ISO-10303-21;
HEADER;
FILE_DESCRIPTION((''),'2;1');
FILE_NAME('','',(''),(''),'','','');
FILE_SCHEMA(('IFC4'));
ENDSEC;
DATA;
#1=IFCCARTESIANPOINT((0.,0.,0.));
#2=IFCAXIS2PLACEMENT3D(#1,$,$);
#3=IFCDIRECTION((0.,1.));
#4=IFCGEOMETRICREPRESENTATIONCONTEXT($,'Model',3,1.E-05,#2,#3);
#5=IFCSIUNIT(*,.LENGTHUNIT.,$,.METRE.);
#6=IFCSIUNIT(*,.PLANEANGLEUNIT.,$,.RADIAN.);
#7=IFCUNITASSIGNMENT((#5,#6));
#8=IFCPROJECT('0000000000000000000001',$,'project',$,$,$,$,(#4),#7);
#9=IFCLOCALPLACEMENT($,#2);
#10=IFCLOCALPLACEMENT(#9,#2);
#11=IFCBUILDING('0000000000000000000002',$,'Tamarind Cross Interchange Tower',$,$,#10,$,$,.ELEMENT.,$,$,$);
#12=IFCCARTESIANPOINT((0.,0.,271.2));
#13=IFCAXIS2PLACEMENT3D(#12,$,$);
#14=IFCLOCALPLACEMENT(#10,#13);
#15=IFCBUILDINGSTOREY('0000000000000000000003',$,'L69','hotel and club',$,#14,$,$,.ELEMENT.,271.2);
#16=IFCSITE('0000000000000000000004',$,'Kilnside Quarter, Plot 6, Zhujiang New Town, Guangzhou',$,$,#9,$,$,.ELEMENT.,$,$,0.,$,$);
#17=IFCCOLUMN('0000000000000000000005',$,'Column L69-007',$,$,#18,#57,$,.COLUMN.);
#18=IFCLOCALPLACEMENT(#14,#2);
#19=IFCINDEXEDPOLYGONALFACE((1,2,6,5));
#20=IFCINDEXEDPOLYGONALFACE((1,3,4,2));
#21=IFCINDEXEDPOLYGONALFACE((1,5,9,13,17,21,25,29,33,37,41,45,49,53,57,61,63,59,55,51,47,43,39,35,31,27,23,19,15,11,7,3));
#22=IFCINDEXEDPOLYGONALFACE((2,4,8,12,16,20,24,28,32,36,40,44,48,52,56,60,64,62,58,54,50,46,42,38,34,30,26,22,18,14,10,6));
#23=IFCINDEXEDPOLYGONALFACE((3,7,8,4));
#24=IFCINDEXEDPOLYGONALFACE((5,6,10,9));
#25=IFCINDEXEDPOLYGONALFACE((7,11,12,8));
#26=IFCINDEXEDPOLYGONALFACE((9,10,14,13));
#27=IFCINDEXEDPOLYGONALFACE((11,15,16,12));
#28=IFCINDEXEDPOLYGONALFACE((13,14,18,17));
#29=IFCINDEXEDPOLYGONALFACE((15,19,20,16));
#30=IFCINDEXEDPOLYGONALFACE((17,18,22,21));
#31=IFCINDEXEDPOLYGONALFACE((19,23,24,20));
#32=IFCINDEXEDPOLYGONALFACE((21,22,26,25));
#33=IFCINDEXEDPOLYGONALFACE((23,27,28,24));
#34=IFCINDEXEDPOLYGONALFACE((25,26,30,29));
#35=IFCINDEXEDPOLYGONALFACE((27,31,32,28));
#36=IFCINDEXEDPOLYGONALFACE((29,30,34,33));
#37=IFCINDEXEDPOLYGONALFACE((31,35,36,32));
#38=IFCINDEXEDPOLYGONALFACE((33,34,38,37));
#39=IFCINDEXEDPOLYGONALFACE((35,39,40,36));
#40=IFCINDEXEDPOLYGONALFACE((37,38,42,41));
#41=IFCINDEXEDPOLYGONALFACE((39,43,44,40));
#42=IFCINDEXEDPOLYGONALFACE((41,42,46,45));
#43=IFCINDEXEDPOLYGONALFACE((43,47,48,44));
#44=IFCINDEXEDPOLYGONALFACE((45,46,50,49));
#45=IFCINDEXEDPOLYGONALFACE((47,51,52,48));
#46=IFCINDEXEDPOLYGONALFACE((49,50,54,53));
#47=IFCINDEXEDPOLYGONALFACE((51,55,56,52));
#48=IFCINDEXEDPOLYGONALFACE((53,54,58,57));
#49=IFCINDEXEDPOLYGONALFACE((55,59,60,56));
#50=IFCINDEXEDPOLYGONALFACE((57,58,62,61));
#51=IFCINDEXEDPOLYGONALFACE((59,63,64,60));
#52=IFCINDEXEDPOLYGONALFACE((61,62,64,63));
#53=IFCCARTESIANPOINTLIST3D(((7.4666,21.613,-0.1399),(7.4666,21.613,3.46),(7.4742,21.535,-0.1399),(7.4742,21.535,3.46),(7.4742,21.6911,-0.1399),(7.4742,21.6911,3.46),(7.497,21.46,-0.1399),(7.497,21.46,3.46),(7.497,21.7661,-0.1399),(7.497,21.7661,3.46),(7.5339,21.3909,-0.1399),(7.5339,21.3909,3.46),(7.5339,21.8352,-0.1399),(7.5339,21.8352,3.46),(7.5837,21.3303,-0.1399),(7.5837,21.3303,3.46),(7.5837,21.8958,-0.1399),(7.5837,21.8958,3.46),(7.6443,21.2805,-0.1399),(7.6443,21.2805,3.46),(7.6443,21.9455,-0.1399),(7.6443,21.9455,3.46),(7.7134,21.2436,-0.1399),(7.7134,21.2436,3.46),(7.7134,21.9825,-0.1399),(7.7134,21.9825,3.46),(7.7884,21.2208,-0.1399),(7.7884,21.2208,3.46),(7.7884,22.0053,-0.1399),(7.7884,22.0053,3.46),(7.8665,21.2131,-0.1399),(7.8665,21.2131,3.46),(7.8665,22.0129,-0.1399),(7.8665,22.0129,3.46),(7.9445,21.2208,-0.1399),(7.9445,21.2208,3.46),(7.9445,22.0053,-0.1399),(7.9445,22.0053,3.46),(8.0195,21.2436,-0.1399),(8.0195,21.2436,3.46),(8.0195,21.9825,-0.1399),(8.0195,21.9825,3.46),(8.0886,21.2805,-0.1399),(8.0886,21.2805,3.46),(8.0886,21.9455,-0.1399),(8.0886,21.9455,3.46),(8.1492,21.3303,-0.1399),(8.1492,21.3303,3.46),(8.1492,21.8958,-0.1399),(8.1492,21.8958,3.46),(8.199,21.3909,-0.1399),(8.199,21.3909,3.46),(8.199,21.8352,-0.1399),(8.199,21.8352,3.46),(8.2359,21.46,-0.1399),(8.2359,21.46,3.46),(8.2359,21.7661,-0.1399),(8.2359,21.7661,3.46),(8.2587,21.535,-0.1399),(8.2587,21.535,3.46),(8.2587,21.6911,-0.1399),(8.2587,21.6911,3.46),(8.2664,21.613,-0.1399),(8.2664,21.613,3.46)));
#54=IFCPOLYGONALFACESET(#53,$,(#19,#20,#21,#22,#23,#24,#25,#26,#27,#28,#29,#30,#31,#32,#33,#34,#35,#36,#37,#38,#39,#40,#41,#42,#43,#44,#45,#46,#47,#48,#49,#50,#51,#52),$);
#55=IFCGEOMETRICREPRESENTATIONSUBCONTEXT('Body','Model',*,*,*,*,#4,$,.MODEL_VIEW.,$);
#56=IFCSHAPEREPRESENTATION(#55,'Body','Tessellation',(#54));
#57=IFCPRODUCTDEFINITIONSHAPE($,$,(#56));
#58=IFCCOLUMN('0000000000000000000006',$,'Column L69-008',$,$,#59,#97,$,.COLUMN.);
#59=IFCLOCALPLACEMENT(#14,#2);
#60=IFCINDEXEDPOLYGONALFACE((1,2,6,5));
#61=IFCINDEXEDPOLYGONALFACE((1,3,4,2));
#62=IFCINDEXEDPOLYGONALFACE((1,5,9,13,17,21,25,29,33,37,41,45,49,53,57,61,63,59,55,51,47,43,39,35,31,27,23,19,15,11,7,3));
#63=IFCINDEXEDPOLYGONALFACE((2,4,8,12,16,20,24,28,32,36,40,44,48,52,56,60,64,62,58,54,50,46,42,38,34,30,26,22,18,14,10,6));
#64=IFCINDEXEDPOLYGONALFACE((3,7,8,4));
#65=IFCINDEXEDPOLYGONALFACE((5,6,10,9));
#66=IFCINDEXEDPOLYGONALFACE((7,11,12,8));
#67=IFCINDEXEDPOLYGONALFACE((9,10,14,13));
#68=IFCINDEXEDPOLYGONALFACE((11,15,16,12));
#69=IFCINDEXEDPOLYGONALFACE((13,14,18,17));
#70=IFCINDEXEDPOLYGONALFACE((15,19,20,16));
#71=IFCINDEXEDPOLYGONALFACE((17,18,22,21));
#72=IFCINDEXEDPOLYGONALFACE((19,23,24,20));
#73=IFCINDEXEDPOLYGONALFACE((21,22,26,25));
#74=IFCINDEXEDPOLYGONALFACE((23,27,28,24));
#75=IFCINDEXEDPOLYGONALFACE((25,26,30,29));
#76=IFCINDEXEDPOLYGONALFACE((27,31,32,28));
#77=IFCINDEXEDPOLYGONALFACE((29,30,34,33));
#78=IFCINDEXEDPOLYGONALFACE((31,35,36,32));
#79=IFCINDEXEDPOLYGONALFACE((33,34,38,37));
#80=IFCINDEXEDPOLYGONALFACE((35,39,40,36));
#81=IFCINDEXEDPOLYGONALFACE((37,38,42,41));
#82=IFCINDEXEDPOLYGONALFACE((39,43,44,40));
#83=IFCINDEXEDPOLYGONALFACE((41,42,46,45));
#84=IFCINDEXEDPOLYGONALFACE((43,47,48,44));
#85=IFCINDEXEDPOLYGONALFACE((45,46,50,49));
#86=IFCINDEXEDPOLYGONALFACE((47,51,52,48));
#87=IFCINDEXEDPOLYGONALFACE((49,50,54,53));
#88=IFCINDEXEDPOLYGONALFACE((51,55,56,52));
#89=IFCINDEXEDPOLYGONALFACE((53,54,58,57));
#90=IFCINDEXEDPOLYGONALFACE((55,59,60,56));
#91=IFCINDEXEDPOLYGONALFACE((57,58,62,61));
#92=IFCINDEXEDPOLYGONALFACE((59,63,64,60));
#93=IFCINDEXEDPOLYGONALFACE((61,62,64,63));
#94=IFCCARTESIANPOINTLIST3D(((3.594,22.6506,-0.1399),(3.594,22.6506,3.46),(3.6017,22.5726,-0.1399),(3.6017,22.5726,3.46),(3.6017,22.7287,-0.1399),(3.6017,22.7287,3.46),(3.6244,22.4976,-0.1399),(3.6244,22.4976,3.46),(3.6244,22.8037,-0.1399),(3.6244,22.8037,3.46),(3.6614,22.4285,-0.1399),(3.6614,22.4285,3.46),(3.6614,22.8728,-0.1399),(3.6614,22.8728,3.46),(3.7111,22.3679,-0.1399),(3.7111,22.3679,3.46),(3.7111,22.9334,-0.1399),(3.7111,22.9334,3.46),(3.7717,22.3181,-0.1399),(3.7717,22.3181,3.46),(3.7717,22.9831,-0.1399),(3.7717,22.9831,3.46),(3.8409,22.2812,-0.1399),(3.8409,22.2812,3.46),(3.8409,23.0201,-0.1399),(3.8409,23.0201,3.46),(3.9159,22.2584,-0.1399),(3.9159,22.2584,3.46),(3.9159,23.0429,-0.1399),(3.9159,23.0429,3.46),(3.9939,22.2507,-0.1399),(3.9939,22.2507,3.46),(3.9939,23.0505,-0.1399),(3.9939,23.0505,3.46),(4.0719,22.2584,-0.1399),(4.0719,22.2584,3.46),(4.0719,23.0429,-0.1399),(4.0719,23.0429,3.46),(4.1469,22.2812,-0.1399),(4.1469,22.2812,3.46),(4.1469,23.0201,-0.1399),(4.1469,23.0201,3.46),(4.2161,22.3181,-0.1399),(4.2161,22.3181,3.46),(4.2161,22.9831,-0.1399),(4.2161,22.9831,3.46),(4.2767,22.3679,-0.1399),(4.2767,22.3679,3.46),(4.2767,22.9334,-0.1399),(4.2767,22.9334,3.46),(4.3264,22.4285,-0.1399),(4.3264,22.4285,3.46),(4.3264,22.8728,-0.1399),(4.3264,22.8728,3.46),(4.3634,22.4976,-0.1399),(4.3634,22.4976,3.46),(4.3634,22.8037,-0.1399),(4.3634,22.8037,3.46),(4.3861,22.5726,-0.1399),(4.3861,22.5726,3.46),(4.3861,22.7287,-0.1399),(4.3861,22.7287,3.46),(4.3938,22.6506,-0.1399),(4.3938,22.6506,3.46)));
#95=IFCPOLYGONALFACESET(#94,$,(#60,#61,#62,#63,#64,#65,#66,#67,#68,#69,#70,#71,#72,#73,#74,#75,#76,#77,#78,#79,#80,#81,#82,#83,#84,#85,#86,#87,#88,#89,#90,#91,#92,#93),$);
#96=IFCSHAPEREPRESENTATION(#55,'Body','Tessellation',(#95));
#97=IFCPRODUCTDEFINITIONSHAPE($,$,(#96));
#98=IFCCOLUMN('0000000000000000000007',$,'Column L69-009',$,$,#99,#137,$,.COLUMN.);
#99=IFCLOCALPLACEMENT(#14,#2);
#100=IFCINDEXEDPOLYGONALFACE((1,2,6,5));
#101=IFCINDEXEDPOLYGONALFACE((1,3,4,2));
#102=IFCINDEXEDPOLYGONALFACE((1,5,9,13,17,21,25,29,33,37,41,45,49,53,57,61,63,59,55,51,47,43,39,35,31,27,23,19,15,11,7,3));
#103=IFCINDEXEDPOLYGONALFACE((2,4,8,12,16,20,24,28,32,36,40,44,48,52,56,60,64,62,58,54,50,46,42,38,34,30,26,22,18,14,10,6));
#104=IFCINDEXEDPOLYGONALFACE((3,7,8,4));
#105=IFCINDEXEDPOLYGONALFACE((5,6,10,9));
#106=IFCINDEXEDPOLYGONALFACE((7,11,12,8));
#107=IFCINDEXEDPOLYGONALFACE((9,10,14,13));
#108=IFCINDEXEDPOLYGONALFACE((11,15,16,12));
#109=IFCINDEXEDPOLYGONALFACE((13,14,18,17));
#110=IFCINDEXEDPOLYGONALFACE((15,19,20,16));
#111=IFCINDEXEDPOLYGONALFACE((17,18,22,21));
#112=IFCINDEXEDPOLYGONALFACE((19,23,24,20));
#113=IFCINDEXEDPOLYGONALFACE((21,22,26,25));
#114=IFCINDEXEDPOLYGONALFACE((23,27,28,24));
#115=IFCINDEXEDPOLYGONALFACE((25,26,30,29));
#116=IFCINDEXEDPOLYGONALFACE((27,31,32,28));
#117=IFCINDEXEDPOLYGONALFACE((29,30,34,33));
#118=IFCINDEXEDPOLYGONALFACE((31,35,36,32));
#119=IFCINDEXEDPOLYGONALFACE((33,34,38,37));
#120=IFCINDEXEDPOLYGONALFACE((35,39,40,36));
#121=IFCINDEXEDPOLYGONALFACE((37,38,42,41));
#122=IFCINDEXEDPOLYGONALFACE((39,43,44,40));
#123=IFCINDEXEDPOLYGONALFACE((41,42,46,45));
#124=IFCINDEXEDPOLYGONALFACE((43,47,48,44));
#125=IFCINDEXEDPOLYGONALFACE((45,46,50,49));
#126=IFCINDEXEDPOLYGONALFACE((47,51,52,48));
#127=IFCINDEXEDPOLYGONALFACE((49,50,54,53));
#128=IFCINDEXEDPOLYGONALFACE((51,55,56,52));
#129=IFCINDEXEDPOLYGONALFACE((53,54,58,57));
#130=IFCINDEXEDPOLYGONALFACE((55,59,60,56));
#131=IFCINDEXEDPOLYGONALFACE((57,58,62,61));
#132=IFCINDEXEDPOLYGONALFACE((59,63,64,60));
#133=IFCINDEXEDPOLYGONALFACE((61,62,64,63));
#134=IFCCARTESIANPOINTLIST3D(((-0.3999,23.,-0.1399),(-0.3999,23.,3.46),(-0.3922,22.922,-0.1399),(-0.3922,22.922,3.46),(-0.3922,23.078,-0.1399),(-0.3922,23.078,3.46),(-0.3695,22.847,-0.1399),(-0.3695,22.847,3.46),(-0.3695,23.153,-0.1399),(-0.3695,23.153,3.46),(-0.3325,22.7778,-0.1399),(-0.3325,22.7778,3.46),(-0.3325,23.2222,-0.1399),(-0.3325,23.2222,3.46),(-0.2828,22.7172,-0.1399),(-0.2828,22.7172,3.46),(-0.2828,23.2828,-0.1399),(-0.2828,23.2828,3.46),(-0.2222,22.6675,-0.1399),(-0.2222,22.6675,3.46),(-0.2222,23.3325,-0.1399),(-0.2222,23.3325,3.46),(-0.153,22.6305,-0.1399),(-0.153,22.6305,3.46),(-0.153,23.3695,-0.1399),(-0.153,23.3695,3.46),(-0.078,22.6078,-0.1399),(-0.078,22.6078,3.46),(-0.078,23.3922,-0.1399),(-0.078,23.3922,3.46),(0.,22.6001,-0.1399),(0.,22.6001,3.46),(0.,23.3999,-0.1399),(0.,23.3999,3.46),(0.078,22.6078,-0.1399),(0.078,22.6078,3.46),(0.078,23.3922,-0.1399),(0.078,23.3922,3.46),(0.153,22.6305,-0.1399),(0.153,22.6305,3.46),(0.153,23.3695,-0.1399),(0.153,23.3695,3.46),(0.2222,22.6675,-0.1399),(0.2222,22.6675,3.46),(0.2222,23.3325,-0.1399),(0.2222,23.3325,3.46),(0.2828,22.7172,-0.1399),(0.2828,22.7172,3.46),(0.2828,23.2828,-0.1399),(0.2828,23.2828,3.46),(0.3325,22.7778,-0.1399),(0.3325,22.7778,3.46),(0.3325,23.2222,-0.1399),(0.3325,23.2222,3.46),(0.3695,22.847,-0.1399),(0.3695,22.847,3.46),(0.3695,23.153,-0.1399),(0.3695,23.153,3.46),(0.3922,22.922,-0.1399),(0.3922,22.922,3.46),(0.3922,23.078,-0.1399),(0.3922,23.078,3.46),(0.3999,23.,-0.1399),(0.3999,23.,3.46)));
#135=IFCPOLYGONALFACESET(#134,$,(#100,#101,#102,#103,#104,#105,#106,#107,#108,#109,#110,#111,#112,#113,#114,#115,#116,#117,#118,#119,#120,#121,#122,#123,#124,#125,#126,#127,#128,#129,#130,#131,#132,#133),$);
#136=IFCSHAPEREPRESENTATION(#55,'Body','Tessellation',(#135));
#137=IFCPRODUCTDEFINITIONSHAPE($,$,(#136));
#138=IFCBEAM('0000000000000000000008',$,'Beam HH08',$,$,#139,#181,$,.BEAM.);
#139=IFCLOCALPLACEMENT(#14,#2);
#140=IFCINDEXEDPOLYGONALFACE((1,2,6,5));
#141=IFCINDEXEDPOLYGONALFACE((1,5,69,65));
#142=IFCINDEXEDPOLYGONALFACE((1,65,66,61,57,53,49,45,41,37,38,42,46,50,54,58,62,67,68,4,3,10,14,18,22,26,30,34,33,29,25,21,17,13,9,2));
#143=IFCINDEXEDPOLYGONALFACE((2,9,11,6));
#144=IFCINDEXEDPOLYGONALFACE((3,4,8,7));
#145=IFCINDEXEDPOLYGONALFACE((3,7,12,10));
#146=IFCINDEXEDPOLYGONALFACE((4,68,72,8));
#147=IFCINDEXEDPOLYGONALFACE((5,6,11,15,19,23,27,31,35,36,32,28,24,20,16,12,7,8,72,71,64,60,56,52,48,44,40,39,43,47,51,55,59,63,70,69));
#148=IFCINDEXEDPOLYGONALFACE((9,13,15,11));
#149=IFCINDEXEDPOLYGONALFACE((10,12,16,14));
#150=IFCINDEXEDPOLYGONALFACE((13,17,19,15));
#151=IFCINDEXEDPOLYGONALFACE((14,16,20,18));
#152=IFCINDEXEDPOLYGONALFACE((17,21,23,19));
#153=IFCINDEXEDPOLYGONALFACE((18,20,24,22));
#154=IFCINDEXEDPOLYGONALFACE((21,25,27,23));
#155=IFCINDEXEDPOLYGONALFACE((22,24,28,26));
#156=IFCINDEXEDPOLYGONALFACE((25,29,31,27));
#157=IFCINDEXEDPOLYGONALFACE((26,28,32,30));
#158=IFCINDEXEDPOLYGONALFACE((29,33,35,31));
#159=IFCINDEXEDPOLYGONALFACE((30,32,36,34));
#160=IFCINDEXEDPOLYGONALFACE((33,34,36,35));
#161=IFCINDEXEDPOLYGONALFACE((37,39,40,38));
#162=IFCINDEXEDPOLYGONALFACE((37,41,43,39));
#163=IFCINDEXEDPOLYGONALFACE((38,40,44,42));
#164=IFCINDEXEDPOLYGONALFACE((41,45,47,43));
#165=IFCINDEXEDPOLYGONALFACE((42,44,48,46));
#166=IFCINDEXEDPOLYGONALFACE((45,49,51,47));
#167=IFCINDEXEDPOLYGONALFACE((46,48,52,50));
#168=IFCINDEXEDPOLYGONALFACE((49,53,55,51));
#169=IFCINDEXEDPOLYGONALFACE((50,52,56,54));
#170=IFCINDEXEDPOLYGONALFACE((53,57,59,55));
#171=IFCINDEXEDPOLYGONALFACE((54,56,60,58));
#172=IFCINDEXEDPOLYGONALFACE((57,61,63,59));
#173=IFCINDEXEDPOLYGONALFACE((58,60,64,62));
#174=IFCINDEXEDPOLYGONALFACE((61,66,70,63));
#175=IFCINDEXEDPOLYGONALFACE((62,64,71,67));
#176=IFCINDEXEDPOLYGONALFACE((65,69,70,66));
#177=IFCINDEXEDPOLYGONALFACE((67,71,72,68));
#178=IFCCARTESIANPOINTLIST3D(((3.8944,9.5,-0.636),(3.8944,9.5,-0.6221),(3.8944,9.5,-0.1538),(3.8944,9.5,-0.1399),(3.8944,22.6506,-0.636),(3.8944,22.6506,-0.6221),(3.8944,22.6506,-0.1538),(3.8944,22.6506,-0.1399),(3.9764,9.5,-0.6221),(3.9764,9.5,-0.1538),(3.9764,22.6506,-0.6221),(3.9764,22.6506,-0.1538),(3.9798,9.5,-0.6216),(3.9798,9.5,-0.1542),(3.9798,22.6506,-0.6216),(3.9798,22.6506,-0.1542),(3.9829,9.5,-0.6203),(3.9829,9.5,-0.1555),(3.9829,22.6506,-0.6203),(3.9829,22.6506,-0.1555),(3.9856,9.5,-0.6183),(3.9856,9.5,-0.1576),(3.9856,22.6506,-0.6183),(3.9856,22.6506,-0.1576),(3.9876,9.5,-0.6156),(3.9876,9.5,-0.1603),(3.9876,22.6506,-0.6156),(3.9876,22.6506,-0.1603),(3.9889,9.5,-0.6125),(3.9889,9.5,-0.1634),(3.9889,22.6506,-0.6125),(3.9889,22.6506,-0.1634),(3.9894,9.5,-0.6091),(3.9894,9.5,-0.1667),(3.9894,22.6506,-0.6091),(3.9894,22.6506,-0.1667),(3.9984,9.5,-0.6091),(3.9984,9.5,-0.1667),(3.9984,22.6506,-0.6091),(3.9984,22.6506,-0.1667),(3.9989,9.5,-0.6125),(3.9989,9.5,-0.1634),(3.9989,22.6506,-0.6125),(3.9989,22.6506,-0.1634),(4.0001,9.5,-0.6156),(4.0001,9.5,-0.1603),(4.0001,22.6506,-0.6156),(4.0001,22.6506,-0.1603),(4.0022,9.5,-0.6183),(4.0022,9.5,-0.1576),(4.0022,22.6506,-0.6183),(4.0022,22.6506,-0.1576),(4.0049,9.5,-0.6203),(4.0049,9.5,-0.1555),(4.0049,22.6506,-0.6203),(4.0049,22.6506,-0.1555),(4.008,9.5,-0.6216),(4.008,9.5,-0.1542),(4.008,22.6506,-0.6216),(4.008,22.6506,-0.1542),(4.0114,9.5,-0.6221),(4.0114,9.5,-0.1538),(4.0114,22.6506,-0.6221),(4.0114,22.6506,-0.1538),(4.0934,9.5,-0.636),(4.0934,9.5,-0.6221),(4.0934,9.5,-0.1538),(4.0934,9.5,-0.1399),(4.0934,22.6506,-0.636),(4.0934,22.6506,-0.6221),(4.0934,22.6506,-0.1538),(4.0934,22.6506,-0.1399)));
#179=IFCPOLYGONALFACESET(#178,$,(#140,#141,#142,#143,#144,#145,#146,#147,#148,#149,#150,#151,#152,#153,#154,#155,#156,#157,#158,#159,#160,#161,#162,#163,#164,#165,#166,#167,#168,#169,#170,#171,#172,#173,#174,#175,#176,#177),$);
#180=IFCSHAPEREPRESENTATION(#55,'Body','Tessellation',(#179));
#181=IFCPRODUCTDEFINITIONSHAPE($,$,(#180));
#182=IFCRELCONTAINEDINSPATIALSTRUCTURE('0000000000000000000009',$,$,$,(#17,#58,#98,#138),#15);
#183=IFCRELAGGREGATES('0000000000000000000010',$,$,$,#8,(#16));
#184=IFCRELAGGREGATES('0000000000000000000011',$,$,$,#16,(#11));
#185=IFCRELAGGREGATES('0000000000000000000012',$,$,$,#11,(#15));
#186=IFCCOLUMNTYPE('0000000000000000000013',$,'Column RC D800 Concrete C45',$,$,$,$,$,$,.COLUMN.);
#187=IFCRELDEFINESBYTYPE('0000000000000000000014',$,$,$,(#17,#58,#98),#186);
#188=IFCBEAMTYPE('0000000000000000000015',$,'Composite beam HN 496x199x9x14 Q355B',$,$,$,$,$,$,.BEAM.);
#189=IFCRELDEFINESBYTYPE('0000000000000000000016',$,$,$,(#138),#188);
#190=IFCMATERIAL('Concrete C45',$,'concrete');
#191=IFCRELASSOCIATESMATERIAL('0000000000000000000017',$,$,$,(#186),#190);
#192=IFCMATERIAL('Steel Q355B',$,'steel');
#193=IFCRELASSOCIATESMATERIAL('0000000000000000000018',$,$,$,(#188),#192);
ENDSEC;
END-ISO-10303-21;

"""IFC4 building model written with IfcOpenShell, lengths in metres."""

from ifc_helpers import new_model, si_unit, direction, frame, origin, origin_2d, place, context, subcontext, project, spatial, circle, i_section, extrude, material, material_profile, profile_set, type_object, element, save


model = new_model("IFC4")

# Units and contexts
model_context = context("Model", 3, precision=1e-05, world=origin(), true_north=direction((0.0, 1.0)))
body_context = subcontext(model_context, "Body", "Model", "MODEL_VIEW")
ifc_project = project(units=[si_unit("LENGTHUNIT", "METRE"), si_unit("PLANEANGLEUNIT", "RADIAN")], contexts=[model_context])

# Site, building, storey
site_placement = place(None, origin())
site = spatial("IfcSite", under=ifc_project, at=site_placement, Name="Kilnside Quarter, Plot 6, Zhujiang New Town, Guangzhou", CompositionType="ELEMENT", RefElevation=0.0)
building_placement = place(site_placement, origin())
building = spatial("IfcBuilding", under=site, at=building_placement, Name="Tamarind Cross Interchange Tower", CompositionType="ELEMENT")
storey_placement = place(building_placement, frame((0.0, 0.0, 271.2)))
storey = spatial("IfcBuildingStorey", under=building, at=storey_placement, Name="L69", Description="hotel and club", CompositionType="ELEMENT", Elevation=271.2)

# Columns
ifc_material_1 = material(Name="Concrete C45", Category="concrete")
ifc_material_profile_1 = material_profile(ifc_material_1, circle(Radius=0.3999, at=origin_2d()), Name="RC D800")
ifc_profile_set_1 = profile_set([ifc_material_profile_1], Name="Concrete C45")
column_type = type_object("IfcColumnType", Name="Column RC D800 Concrete C45", PredefinedType="COLUMN", material=ifc_profile_set_1)
for number, where, z_axis, x_axis, name in (
    (1, (7.8665, 21.613, -0.1399), (0.0, 0.0, 1.0), (1.0, 0.0, 0.0), "Column L69-007"),
    (2, (3.9939, 22.6506, -0.1399), (0.0, 0.0, 1.0), (1.0, 0.0, 0.0), "Column L69-008"),
    (3, (0.0, 23.0, -0.1399), (0.0, 0.0, 1.0), (1.0, 0.0, 0.0), "Column L69-009"),
):
    element("IfcColumn", number, at=place(storey_placement, frame(where, z_axis=z_axis, x_axis=x_axis)), inside=storey, type_object=column_type, Name=name, PredefinedType="COLUMN", context=body_context, shape_type="SweptSolid", body=[
        extrude(circle(Radius=0.3999, at=origin_2d()), origin(), (0.0, 0.0, 1.0), 3.5999),
    ])

# Beam
ifc_material_2 = material(Name="Steel Q355B", Category="steel")
ifc_material_profile_2 = material_profile(ifc_material_2, i_section(OverallWidth=0.199, OverallDepth=0.4961, WebThickness=0.009, FlangeThickness=0.0139, FilletRadius=0.0129, at=origin_2d()), Name="HN 496x199x9x14")
ifc_profile_set_2 = profile_set([ifc_material_profile_2], Name="Steel Q355B")
beam_type = type_object("IfcBeamType", Name="Composite beam HN 496x199x9x14 Q355B", PredefinedType="BEAM", material=ifc_profile_set_2)
beam_1_placement = place(storey_placement, frame((3.9939, 22.6506, -0.3879), z_axis=(0.0, -1.0, 0.0), x_axis=(1.0, 0.0, 0.0)))
element("IfcBeam", 4, at=beam_1_placement, inside=storey, type_object=beam_type, Name="Beam HH08", PredefinedType="BEAM", context=body_context, shape_type="SweptSolid", body=[
    extrude(i_section(OverallWidth=0.199, OverallDepth=0.4961, WebThickness=0.009, FlangeThickness=0.0139, FilletRadius=0.0129, at=origin_2d()), origin(), (0.0, 0.0, 1.0), 13.1506),
])

save(model, "model.ifc")
